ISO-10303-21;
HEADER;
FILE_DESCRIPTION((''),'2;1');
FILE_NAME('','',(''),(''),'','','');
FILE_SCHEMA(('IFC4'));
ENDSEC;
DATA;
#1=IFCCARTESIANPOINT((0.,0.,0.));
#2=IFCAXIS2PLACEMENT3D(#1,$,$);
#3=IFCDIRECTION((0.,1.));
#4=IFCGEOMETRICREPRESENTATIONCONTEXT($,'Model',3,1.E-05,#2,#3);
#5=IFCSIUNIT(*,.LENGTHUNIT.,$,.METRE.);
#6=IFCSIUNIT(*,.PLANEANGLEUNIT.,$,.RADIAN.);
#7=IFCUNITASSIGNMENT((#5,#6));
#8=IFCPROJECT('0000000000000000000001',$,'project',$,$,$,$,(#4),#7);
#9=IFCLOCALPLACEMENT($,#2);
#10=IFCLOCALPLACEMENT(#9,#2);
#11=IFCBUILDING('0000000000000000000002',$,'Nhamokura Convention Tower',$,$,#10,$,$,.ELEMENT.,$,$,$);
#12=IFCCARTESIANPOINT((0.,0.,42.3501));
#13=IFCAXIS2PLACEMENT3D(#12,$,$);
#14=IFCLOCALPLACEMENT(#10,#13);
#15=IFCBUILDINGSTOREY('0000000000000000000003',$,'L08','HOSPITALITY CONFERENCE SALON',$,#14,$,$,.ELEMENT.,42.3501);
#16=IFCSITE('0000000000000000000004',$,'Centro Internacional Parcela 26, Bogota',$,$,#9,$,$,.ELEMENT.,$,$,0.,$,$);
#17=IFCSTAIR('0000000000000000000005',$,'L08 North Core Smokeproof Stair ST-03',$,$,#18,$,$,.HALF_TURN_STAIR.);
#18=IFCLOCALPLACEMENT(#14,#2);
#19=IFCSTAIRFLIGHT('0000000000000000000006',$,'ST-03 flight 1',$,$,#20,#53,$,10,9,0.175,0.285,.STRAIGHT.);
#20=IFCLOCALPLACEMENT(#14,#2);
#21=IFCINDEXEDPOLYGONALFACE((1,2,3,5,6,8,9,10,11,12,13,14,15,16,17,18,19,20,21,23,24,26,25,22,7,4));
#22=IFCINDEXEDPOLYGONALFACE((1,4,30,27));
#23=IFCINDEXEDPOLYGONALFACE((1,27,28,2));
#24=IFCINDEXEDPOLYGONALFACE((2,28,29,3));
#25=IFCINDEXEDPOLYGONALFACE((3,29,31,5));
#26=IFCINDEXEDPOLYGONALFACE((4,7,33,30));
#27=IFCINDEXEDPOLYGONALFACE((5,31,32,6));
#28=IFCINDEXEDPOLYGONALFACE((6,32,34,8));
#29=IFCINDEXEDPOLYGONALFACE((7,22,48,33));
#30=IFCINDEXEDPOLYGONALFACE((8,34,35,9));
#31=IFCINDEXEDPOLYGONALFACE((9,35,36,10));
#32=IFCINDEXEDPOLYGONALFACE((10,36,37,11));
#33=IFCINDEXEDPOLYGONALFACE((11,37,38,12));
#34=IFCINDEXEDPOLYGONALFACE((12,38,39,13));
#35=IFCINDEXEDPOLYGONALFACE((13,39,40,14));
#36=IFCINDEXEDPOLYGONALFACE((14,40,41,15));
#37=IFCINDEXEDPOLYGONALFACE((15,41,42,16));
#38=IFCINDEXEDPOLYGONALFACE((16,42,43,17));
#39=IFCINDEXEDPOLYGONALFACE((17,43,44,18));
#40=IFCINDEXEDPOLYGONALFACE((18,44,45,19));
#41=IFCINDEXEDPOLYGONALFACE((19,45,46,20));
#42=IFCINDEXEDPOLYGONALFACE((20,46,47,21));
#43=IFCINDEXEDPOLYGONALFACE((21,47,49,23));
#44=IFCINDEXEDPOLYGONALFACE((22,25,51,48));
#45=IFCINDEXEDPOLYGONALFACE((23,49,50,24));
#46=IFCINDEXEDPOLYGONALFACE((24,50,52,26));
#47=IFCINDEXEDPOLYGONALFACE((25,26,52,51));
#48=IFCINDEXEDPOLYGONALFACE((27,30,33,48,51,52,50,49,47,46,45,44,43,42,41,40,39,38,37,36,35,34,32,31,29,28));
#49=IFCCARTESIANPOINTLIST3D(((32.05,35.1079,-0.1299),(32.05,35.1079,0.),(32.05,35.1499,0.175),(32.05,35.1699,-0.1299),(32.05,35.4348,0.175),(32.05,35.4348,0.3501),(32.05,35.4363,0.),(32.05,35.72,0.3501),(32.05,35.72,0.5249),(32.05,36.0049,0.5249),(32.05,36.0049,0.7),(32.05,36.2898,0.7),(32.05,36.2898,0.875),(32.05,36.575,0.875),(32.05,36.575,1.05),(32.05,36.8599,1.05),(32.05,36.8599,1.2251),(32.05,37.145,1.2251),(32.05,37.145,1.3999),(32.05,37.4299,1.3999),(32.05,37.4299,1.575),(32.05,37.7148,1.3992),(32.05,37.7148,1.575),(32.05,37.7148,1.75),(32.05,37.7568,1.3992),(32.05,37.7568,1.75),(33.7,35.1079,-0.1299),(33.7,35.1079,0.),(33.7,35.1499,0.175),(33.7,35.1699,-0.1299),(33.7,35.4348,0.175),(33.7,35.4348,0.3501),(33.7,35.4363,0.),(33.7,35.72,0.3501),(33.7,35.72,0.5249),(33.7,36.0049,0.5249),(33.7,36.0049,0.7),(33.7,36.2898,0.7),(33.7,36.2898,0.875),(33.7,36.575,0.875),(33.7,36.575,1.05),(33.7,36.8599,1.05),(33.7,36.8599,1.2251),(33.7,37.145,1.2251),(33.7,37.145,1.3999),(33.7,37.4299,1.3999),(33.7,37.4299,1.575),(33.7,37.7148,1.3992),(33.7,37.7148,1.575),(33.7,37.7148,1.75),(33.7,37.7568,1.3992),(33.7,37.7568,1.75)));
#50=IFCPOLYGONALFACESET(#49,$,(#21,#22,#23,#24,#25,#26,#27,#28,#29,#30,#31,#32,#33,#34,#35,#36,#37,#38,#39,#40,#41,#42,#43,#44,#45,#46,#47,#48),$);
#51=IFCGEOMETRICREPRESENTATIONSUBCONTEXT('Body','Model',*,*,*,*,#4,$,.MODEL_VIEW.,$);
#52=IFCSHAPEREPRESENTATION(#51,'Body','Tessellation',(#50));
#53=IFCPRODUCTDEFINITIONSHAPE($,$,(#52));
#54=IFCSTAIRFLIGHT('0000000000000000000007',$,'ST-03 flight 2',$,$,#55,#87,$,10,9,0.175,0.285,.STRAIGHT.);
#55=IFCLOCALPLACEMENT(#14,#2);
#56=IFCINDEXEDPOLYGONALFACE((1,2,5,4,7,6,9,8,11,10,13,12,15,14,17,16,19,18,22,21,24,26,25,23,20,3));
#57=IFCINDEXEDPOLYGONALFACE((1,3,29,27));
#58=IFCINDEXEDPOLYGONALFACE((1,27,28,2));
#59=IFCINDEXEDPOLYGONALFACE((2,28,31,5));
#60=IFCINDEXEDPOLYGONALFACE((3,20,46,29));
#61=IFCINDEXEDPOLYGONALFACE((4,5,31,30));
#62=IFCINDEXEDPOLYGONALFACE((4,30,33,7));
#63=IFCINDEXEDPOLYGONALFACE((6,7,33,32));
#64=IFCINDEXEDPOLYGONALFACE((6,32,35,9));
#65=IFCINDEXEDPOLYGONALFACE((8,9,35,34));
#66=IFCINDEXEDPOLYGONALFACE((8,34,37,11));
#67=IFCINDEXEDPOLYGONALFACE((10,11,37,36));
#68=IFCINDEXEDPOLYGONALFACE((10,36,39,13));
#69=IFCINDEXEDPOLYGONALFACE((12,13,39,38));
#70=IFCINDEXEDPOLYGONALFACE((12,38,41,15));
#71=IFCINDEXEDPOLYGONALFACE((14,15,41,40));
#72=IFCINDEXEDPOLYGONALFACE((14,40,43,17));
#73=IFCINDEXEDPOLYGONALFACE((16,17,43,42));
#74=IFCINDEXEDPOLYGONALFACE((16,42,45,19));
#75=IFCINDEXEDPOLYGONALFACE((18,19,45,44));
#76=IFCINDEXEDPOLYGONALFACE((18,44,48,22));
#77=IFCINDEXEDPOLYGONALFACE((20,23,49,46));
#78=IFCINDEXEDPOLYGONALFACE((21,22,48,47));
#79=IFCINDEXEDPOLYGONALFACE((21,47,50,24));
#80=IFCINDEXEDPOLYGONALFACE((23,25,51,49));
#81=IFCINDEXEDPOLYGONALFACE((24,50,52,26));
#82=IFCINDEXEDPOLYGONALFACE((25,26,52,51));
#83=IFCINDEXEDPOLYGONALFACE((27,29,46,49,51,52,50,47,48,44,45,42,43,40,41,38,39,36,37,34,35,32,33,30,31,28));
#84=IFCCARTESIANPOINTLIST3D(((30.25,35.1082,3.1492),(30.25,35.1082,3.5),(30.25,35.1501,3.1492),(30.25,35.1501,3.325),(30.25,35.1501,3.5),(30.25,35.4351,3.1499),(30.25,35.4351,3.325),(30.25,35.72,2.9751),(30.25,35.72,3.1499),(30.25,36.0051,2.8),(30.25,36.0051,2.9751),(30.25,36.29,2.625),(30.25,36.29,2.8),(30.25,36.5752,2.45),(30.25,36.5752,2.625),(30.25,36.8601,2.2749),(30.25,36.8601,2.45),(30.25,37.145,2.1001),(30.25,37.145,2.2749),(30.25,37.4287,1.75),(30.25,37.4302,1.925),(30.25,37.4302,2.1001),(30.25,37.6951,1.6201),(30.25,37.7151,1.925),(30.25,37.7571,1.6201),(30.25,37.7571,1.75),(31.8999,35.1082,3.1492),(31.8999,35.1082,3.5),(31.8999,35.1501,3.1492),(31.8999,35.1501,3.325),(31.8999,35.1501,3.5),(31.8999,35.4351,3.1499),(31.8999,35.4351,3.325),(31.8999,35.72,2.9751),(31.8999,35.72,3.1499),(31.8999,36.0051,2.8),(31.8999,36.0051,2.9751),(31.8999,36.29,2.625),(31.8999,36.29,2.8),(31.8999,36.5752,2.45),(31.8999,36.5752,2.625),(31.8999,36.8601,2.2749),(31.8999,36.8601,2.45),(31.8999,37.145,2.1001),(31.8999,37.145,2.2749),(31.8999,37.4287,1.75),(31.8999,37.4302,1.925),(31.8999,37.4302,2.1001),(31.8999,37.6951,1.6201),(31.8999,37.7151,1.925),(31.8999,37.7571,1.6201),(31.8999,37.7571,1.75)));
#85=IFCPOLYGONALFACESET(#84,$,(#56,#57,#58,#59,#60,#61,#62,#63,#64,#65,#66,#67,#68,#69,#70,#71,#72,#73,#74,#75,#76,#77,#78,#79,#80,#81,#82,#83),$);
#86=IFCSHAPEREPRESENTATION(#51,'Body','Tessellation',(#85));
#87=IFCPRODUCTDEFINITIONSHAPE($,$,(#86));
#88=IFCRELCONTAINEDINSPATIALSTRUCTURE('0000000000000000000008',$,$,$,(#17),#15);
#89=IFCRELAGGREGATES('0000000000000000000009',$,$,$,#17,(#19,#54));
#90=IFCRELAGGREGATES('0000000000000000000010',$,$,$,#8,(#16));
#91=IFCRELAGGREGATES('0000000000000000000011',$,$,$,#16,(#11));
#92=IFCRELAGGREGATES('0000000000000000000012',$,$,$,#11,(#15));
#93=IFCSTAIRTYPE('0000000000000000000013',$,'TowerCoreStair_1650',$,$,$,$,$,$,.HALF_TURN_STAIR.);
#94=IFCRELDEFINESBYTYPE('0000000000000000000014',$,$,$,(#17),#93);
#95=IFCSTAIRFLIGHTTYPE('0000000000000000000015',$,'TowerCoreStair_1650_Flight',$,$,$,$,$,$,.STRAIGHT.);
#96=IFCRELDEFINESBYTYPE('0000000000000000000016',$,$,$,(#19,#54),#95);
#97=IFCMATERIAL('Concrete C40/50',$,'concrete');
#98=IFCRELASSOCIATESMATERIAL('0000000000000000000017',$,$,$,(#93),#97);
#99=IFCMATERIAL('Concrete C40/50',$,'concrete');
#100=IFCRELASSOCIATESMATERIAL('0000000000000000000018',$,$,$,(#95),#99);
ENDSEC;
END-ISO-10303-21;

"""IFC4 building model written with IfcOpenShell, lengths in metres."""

from ifc_helpers import new_model, si_unit, direction, frame, origin, place, context, subcontext, project, spatial, polyline, outline, extrude, material, type_object, element, aggregate, save


model = new_model("IFC4")

# Units and contexts
model_context = context("Model", 3, precision=1e-05, world=origin(), true_north=direction((0.0, 1.0)))
body_context = subcontext(model_context, "Body", "Model", "MODEL_VIEW")
ifc_project = project(units=[si_unit("LENGTHUNIT", "METRE"), si_unit("PLANEANGLEUNIT", "RADIAN")], contexts=[model_context])

# Site, building, storey
site_placement = place(None, origin())
site = spatial("IfcSite", under=ifc_project, at=site_placement, Name="Centro Internacional Parcela 26, Bogota", CompositionType="ELEMENT", RefElevation=0.0)
building_placement = place(site_placement, origin())
building = spatial("IfcBuilding", under=site, at=building_placement, Name="Nhamokura Convention Tower", CompositionType="ELEMENT")
storey_placement = place(building_placement, frame((0.0, 0.0, 42.3501)))
storey = spatial("IfcBuildingStorey", under=building, at=storey_placement, Name="L08", Description="HOSPITALITY CONFERENCE SALON", CompositionType="ELEMENT", Elevation=42.3501)

# Stair, stair flights
ifc_material_1 = material(Name="Concrete C40/50", Category="concrete")
stair_type = type_object("IfcStairType", Name="TowerCoreStair_1650", PredefinedType="HALF_TURN_STAIR", material=ifc_material_1)
stair_placement = place(storey_placement, origin())
stair = element("IfcStair", 1, at=stair_placement, inside=storey, type_object=stair_type, Name="L08 North Core Smokeproof Stair ST-03", PredefinedType="HALF_TURN_STAIR")
ifc_material_2 = material(Name="Concrete C40/50", Category="concrete")
stair_flight_type = type_object("IfcStairFlightType", Name="TowerCoreStair_1650_Flight", PredefinedType="STRAIGHT", material=ifc_material_2)
stair_flight_1_placement = place(storey_placement, frame((32.875, 35.1499, 0.0), z_axis=(0.0, 0.0, 1.0), x_axis=(0.0, 1.0, 0.0)))
stair_flight_1 = element("IfcStairFlight", 2, at=stair_flight_1_placement, type_object=stair_flight_type, Name="ST-03 flight 1", NumberOfRisers=10, NumberOfTreads=9, PredefinedType="STRAIGHT", RiserHeight=0.175, TreadLength=0.285, context=body_context, shape_type="SweptSolid", body=[
    extrude(outline(polyline([(-0.042, 0.0), (0.0, 0.175), (0.2849, 0.175), (0.2849, 0.3501), (0.5701, 0.3501), (0.5701, 0.5249), (0.855, 0.5249), (0.855, 0.7), (1.1399, 0.7), (1.1399, 0.875), (1.425, 0.875), (1.425, 1.05), (1.71, 1.05), (1.71, 1.2251), (1.9951, 1.2251), (1.9951, 1.3999), (2.28, 1.3999), (2.28, 1.575), (2.5649, 1.575), (2.5649, 1.75), (2.6069, 1.75), (2.6069, 1.3992), (2.5649, 1.3992), (0.2864, 0.0), (0.02, -0.1299), (-0.042, -0.1299), (-0.042, 0.0)])), frame((0.0, 0.825, 0.0), z_axis=(0.0, -1.0, 0.0), x_axis=(1.0, 0.0, 0.0)), (0.0, 0.0, 1.0), 1.6499),
])
stair_flight_2_placement = place(storey_placement, frame((31.075, 37.7151, 1.75), z_axis=(0.0, 0.0, 1.0), x_axis=(0.0, -1.0, 0.0)))
stair_flight_2 = element("IfcStairFlight", 3, at=stair_flight_2_placement, type_object=stair_flight_type, Name="ST-03 flight 2", NumberOfRisers=10, NumberOfTreads=9, PredefinedType="STRAIGHT", RiserHeight=0.175, TreadLength=0.285, context=body_context, shape_type="SweptSolid", body=[
    extrude(outline(polyline([(-0.042, 0.0), (0.0, 0.175), (0.2849, 0.175), (0.2849, 0.3501), (0.5701, 0.3501), (0.5701, 0.5249), (0.855, 0.5249), (0.855, 0.7), (1.1399, 0.7), (1.1399, 0.875), (1.425, 0.875), (1.425, 1.05), (1.71, 1.05), (1.71, 1.2251), (1.9951, 1.2251), (1.9951, 1.3999), (2.28, 1.3999), (2.28, 1.575), (2.5649, 1.575), (2.5649, 1.75), (2.6069, 1.75), (2.6069, 1.3992), (2.5649, 1.3992), (0.2864, 0.0), (0.02, -0.1299), (-0.042, -0.1299), (-0.042, 0.0)])), frame((0.0, 0.825, 0.0), z_axis=(0.0, -1.0, 0.0), x_axis=(1.0, 0.0, 0.0)), (0.0, 0.0, 1.0), 1.6499),
])
aggregate(stair, [stair_flight_1, stair_flight_2])

save(model, "model.ifc")
